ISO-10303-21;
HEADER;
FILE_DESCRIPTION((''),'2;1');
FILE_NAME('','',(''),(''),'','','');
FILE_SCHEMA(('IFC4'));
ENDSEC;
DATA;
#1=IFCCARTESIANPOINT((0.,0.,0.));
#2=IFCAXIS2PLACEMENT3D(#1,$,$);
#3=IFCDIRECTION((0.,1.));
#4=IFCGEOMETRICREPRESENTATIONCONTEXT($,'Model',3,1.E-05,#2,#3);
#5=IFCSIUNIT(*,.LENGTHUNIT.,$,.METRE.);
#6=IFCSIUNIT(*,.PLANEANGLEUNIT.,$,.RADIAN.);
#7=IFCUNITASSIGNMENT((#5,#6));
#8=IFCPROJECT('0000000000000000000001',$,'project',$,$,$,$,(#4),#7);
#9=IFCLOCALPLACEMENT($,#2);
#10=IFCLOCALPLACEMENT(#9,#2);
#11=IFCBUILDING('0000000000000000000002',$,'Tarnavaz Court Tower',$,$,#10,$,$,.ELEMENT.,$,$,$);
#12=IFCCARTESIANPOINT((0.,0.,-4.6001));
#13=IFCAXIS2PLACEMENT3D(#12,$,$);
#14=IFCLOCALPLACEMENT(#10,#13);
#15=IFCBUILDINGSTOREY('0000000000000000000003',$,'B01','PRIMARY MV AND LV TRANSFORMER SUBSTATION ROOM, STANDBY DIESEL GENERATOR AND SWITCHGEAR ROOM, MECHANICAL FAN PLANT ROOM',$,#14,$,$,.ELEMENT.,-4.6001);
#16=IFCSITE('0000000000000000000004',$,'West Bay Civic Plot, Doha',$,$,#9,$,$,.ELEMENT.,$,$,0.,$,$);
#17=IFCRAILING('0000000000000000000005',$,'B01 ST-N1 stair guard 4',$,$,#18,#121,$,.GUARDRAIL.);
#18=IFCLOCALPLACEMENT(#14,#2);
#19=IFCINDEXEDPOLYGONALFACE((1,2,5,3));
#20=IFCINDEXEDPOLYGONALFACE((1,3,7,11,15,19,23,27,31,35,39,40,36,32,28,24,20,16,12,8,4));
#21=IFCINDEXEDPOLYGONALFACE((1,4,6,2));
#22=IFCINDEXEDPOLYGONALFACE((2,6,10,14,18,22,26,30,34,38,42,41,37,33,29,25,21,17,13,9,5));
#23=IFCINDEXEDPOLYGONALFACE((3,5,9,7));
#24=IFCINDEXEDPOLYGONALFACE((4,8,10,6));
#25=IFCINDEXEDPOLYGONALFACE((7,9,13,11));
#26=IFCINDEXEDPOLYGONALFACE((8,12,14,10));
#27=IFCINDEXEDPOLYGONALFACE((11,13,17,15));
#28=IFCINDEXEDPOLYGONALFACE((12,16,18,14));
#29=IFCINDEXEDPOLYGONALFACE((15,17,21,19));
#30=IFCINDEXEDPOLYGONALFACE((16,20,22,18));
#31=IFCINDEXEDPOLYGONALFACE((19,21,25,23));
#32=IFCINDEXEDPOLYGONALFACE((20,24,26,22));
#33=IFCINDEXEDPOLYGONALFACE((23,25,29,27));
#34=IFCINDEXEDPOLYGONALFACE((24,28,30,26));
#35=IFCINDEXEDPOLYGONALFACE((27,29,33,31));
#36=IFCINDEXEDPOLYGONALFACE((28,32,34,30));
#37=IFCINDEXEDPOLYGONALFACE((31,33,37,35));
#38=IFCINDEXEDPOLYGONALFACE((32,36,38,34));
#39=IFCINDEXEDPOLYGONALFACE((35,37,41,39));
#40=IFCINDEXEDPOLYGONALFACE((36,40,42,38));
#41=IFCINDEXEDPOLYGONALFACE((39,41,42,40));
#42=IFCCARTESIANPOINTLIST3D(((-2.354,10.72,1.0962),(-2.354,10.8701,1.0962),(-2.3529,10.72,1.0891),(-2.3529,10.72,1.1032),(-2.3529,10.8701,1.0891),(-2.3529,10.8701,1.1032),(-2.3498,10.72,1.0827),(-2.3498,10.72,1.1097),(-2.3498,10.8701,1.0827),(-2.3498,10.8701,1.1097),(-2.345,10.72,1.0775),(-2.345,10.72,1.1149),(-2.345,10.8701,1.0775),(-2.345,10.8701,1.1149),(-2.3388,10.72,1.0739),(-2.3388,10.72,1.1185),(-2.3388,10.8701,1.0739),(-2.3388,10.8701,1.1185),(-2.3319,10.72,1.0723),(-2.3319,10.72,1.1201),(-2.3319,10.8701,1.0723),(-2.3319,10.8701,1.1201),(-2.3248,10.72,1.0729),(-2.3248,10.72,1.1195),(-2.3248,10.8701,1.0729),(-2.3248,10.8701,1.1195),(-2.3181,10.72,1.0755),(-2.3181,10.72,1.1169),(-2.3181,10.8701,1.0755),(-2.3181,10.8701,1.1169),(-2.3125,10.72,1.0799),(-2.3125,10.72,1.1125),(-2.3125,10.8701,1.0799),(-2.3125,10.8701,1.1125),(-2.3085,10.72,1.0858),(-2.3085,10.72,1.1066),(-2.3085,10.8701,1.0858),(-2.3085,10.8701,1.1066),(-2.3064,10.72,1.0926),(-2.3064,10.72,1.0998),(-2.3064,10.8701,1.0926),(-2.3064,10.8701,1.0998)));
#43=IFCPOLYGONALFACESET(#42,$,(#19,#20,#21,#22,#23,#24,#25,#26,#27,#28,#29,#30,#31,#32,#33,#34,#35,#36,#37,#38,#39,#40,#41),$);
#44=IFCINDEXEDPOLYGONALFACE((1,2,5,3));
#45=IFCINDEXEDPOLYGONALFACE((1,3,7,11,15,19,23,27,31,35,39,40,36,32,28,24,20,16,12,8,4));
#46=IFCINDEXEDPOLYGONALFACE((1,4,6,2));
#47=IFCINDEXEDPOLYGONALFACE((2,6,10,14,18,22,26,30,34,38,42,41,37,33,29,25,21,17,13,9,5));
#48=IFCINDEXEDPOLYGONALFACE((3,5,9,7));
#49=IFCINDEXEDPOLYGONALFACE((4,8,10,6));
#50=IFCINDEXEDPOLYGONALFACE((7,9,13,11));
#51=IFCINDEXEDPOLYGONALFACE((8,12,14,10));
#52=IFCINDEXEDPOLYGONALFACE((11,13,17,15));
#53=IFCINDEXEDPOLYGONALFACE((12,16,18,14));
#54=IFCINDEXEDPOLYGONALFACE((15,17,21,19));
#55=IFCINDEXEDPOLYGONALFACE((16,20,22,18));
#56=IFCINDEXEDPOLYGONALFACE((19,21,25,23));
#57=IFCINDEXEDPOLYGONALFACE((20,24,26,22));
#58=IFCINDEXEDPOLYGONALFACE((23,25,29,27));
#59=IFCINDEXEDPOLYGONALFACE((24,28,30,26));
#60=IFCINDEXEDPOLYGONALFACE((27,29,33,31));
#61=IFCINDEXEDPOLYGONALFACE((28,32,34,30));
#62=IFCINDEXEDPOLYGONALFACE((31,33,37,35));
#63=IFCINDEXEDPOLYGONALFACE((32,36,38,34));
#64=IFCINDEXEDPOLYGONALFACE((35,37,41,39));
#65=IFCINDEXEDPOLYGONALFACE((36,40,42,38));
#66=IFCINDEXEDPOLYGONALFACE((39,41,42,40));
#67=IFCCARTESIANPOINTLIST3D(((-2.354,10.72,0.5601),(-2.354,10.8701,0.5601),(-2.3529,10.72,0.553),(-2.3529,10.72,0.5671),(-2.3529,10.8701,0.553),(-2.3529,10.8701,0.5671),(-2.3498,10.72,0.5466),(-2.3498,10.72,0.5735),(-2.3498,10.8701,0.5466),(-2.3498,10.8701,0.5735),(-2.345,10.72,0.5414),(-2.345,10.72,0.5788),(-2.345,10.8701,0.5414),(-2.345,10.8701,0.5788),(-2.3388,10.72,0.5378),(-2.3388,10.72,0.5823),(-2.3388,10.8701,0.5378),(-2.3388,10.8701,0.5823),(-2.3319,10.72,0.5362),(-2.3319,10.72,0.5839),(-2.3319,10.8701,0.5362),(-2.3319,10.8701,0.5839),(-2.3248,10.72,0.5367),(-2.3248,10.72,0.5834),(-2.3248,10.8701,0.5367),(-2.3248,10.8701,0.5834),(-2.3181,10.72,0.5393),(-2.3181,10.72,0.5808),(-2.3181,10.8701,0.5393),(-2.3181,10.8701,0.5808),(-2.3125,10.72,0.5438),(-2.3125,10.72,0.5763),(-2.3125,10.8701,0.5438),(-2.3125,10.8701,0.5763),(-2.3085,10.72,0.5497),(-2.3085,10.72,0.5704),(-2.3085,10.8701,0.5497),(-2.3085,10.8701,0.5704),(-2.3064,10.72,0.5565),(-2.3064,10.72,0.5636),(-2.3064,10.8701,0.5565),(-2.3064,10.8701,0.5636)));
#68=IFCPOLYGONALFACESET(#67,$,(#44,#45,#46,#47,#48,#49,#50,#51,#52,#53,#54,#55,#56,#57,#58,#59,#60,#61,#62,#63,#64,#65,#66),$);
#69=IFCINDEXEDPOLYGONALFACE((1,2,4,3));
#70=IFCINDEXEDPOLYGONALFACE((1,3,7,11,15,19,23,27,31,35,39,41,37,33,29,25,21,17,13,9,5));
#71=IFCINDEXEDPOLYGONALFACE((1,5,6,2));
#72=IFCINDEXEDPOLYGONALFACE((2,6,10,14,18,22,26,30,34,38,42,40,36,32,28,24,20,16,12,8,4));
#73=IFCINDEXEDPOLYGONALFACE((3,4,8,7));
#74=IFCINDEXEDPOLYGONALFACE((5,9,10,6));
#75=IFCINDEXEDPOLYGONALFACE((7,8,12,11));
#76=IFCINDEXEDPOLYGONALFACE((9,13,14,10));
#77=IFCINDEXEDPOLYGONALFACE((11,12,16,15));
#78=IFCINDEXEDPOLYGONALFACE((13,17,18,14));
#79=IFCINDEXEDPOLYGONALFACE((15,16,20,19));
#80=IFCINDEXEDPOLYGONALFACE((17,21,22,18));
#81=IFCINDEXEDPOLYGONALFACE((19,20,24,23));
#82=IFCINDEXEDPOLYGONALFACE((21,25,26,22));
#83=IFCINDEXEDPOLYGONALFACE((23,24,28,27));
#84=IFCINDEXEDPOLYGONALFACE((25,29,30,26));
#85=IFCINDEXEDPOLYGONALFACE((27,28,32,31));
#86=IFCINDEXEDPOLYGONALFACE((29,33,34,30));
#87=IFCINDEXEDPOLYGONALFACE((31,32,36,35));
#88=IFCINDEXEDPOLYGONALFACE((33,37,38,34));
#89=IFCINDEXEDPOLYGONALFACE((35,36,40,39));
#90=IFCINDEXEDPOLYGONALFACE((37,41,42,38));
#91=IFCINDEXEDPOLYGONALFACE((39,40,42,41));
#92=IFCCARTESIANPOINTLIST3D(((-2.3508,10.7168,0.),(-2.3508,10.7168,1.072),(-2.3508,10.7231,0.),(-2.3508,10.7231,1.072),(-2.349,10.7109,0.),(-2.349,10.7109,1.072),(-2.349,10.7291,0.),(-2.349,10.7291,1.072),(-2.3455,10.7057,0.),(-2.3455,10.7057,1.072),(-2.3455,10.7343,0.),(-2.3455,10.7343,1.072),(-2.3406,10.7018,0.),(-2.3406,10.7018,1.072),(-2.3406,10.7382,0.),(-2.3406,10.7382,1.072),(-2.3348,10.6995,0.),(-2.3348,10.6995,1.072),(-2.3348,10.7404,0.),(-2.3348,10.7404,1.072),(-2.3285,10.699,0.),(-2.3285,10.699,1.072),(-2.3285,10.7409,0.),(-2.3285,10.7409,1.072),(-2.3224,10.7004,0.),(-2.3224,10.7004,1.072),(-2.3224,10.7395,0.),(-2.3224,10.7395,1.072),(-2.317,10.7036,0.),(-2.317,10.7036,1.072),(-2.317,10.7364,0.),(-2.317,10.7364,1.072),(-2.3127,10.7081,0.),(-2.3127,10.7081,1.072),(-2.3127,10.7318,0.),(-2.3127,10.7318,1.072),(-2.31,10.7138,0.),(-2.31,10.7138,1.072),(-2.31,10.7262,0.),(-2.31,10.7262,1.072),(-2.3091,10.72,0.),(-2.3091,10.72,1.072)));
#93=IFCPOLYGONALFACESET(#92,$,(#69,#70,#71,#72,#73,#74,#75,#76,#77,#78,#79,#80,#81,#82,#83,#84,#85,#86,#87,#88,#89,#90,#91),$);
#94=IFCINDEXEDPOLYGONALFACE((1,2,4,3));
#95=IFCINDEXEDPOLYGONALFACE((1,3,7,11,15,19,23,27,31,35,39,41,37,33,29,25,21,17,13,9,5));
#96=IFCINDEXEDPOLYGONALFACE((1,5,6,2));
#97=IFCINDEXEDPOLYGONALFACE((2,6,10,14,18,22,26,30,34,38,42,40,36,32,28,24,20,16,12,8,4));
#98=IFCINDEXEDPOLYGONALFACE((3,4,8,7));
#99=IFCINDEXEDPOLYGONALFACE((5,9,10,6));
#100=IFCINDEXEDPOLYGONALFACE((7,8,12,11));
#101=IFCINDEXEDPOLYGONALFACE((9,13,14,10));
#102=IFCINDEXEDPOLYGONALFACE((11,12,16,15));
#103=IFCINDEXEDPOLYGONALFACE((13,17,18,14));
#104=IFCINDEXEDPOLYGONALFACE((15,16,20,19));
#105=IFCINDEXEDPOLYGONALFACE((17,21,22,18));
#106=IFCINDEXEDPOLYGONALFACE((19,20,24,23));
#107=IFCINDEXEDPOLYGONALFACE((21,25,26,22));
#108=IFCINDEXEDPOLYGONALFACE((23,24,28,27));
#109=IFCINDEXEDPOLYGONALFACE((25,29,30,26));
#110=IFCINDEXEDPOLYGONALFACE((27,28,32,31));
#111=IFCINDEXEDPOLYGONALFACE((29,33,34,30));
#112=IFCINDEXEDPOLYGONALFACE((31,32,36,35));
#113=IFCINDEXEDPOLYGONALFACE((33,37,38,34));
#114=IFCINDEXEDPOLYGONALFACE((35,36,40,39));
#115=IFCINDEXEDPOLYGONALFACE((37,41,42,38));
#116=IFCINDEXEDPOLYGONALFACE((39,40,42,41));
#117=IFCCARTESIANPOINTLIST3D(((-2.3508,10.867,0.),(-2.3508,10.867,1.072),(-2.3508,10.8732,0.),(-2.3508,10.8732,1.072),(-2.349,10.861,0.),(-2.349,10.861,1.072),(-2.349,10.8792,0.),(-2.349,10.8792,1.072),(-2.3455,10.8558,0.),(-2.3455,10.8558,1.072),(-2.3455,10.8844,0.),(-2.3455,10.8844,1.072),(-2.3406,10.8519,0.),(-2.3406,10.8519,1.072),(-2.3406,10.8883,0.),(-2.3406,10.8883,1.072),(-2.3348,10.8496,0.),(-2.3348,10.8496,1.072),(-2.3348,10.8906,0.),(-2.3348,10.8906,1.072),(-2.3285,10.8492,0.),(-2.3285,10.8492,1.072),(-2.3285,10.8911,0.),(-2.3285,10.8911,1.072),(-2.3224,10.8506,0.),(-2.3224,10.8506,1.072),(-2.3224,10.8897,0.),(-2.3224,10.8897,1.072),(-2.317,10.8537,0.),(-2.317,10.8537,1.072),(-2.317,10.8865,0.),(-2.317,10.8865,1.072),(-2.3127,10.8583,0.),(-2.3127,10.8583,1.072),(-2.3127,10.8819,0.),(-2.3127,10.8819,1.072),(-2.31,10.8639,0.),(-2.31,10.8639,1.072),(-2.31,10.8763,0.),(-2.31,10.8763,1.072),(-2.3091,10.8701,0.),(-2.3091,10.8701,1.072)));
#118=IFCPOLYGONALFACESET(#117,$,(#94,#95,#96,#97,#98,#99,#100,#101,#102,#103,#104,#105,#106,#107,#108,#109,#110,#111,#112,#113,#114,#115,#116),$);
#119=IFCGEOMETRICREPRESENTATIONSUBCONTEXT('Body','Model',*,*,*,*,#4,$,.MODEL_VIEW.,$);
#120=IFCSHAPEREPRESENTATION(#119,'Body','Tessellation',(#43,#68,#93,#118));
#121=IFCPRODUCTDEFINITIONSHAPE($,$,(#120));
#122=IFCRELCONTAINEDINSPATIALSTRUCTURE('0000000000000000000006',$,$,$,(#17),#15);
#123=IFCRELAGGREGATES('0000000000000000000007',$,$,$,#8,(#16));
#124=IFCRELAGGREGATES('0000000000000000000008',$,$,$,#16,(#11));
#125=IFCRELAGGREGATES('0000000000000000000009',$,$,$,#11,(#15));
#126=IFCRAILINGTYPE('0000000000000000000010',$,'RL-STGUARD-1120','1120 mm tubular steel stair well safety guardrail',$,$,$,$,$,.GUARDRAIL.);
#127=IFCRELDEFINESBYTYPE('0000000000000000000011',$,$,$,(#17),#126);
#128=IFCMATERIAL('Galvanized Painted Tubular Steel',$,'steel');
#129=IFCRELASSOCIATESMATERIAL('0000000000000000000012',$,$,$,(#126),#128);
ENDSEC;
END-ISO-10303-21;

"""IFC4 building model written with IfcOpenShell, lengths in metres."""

from ifc_helpers import new_model, si_unit, direction, frame, origin, origin_2d, place, context, subcontext, project, spatial, circle, extrude, material, type_object, element, save


model = new_model("IFC4")

# Units and contexts
model_context = context("Model", 3, precision=1e-05, world=origin(), true_north=direction((0.0, 1.0)))
body_context = subcontext(model_context, "Body", "Model", "MODEL_VIEW")
ifc_project = project(units=[si_unit("LENGTHUNIT", "METRE"), si_unit("PLANEANGLEUNIT", "RADIAN")], contexts=[model_context])

# Site, building, storey
site_placement = place(None, origin())
site = spatial("IfcSite", under=ifc_project, at=site_placement, Name="West Bay Civic Plot, Doha", CompositionType="ELEMENT", RefElevation=0.0)
building_placement = place(site_placement, origin())
building = spatial("IfcBuilding", under=site, at=building_placement, Name="Tarnavaz Court Tower", CompositionType="ELEMENT")
storey_placement = place(building_placement, frame((0.0, 0.0, -4.6001)))
storey = spatial("IfcBuildingStorey", under=building, at=storey_placement, Name="B01", Description="PRIMARY MV AND LV TRANSFORMER SUBSTATION ROOM, STANDBY DIESEL GENERATOR AND SWITCHGEAR ROOM, MECHANICAL FAN PLANT ROOM", CompositionType="ELEMENT", Elevation=-4.6001)

# Railing
ifc_material_1 = material(Name="Galvanized Painted Tubular Steel", Category="steel")
railing_type_1 = type_object("IfcRailingType", Name="RL-STGUARD-1120", Description="1120 mm tubular steel stair well safety guardrail", PredefinedType="GUARDRAIL", material=ifc_material_1)
railing_1_placement = place(storey_placement, frame((-2.3301, 10.72, 0.0)))
element("IfcRailing", 1, at=railing_1_placement, inside=storey, type_object=railing_type_1, Name="B01 ST-N1 stair guard 4", PredefinedType="GUARDRAIL", context=body_context, shape_type="SweptSolid", body=[
    extrude(circle(Radius=0.0239, at=origin_2d()), frame((0.0, 0.0, 1.0962), z_axis=(0.0, 1.0, 0.0), x_axis=(-1.0, 0.0, 0.0)), (0.0, 0.0, 1.0), 0.1501),
    extrude(circle(Radius=0.0239, at=origin_2d()), frame((0.0, 0.0, 0.5601), z_axis=(0.0, 1.0, 0.0), x_axis=(-1.0, 0.0, 0.0)), (0.0, 0.0, 1.0), 0.1501),
    extrude(circle(Radius=0.021, at=origin_2d()), origin(), (0.0, 0.0, 1.0), 1.072),
    extrude(circle(Radius=0.021, at=origin_2d()), frame((0.0, 0.1501, 0.0)), (0.0, 0.0, 1.0), 1.072),
])

save(model, "model.ifc")
